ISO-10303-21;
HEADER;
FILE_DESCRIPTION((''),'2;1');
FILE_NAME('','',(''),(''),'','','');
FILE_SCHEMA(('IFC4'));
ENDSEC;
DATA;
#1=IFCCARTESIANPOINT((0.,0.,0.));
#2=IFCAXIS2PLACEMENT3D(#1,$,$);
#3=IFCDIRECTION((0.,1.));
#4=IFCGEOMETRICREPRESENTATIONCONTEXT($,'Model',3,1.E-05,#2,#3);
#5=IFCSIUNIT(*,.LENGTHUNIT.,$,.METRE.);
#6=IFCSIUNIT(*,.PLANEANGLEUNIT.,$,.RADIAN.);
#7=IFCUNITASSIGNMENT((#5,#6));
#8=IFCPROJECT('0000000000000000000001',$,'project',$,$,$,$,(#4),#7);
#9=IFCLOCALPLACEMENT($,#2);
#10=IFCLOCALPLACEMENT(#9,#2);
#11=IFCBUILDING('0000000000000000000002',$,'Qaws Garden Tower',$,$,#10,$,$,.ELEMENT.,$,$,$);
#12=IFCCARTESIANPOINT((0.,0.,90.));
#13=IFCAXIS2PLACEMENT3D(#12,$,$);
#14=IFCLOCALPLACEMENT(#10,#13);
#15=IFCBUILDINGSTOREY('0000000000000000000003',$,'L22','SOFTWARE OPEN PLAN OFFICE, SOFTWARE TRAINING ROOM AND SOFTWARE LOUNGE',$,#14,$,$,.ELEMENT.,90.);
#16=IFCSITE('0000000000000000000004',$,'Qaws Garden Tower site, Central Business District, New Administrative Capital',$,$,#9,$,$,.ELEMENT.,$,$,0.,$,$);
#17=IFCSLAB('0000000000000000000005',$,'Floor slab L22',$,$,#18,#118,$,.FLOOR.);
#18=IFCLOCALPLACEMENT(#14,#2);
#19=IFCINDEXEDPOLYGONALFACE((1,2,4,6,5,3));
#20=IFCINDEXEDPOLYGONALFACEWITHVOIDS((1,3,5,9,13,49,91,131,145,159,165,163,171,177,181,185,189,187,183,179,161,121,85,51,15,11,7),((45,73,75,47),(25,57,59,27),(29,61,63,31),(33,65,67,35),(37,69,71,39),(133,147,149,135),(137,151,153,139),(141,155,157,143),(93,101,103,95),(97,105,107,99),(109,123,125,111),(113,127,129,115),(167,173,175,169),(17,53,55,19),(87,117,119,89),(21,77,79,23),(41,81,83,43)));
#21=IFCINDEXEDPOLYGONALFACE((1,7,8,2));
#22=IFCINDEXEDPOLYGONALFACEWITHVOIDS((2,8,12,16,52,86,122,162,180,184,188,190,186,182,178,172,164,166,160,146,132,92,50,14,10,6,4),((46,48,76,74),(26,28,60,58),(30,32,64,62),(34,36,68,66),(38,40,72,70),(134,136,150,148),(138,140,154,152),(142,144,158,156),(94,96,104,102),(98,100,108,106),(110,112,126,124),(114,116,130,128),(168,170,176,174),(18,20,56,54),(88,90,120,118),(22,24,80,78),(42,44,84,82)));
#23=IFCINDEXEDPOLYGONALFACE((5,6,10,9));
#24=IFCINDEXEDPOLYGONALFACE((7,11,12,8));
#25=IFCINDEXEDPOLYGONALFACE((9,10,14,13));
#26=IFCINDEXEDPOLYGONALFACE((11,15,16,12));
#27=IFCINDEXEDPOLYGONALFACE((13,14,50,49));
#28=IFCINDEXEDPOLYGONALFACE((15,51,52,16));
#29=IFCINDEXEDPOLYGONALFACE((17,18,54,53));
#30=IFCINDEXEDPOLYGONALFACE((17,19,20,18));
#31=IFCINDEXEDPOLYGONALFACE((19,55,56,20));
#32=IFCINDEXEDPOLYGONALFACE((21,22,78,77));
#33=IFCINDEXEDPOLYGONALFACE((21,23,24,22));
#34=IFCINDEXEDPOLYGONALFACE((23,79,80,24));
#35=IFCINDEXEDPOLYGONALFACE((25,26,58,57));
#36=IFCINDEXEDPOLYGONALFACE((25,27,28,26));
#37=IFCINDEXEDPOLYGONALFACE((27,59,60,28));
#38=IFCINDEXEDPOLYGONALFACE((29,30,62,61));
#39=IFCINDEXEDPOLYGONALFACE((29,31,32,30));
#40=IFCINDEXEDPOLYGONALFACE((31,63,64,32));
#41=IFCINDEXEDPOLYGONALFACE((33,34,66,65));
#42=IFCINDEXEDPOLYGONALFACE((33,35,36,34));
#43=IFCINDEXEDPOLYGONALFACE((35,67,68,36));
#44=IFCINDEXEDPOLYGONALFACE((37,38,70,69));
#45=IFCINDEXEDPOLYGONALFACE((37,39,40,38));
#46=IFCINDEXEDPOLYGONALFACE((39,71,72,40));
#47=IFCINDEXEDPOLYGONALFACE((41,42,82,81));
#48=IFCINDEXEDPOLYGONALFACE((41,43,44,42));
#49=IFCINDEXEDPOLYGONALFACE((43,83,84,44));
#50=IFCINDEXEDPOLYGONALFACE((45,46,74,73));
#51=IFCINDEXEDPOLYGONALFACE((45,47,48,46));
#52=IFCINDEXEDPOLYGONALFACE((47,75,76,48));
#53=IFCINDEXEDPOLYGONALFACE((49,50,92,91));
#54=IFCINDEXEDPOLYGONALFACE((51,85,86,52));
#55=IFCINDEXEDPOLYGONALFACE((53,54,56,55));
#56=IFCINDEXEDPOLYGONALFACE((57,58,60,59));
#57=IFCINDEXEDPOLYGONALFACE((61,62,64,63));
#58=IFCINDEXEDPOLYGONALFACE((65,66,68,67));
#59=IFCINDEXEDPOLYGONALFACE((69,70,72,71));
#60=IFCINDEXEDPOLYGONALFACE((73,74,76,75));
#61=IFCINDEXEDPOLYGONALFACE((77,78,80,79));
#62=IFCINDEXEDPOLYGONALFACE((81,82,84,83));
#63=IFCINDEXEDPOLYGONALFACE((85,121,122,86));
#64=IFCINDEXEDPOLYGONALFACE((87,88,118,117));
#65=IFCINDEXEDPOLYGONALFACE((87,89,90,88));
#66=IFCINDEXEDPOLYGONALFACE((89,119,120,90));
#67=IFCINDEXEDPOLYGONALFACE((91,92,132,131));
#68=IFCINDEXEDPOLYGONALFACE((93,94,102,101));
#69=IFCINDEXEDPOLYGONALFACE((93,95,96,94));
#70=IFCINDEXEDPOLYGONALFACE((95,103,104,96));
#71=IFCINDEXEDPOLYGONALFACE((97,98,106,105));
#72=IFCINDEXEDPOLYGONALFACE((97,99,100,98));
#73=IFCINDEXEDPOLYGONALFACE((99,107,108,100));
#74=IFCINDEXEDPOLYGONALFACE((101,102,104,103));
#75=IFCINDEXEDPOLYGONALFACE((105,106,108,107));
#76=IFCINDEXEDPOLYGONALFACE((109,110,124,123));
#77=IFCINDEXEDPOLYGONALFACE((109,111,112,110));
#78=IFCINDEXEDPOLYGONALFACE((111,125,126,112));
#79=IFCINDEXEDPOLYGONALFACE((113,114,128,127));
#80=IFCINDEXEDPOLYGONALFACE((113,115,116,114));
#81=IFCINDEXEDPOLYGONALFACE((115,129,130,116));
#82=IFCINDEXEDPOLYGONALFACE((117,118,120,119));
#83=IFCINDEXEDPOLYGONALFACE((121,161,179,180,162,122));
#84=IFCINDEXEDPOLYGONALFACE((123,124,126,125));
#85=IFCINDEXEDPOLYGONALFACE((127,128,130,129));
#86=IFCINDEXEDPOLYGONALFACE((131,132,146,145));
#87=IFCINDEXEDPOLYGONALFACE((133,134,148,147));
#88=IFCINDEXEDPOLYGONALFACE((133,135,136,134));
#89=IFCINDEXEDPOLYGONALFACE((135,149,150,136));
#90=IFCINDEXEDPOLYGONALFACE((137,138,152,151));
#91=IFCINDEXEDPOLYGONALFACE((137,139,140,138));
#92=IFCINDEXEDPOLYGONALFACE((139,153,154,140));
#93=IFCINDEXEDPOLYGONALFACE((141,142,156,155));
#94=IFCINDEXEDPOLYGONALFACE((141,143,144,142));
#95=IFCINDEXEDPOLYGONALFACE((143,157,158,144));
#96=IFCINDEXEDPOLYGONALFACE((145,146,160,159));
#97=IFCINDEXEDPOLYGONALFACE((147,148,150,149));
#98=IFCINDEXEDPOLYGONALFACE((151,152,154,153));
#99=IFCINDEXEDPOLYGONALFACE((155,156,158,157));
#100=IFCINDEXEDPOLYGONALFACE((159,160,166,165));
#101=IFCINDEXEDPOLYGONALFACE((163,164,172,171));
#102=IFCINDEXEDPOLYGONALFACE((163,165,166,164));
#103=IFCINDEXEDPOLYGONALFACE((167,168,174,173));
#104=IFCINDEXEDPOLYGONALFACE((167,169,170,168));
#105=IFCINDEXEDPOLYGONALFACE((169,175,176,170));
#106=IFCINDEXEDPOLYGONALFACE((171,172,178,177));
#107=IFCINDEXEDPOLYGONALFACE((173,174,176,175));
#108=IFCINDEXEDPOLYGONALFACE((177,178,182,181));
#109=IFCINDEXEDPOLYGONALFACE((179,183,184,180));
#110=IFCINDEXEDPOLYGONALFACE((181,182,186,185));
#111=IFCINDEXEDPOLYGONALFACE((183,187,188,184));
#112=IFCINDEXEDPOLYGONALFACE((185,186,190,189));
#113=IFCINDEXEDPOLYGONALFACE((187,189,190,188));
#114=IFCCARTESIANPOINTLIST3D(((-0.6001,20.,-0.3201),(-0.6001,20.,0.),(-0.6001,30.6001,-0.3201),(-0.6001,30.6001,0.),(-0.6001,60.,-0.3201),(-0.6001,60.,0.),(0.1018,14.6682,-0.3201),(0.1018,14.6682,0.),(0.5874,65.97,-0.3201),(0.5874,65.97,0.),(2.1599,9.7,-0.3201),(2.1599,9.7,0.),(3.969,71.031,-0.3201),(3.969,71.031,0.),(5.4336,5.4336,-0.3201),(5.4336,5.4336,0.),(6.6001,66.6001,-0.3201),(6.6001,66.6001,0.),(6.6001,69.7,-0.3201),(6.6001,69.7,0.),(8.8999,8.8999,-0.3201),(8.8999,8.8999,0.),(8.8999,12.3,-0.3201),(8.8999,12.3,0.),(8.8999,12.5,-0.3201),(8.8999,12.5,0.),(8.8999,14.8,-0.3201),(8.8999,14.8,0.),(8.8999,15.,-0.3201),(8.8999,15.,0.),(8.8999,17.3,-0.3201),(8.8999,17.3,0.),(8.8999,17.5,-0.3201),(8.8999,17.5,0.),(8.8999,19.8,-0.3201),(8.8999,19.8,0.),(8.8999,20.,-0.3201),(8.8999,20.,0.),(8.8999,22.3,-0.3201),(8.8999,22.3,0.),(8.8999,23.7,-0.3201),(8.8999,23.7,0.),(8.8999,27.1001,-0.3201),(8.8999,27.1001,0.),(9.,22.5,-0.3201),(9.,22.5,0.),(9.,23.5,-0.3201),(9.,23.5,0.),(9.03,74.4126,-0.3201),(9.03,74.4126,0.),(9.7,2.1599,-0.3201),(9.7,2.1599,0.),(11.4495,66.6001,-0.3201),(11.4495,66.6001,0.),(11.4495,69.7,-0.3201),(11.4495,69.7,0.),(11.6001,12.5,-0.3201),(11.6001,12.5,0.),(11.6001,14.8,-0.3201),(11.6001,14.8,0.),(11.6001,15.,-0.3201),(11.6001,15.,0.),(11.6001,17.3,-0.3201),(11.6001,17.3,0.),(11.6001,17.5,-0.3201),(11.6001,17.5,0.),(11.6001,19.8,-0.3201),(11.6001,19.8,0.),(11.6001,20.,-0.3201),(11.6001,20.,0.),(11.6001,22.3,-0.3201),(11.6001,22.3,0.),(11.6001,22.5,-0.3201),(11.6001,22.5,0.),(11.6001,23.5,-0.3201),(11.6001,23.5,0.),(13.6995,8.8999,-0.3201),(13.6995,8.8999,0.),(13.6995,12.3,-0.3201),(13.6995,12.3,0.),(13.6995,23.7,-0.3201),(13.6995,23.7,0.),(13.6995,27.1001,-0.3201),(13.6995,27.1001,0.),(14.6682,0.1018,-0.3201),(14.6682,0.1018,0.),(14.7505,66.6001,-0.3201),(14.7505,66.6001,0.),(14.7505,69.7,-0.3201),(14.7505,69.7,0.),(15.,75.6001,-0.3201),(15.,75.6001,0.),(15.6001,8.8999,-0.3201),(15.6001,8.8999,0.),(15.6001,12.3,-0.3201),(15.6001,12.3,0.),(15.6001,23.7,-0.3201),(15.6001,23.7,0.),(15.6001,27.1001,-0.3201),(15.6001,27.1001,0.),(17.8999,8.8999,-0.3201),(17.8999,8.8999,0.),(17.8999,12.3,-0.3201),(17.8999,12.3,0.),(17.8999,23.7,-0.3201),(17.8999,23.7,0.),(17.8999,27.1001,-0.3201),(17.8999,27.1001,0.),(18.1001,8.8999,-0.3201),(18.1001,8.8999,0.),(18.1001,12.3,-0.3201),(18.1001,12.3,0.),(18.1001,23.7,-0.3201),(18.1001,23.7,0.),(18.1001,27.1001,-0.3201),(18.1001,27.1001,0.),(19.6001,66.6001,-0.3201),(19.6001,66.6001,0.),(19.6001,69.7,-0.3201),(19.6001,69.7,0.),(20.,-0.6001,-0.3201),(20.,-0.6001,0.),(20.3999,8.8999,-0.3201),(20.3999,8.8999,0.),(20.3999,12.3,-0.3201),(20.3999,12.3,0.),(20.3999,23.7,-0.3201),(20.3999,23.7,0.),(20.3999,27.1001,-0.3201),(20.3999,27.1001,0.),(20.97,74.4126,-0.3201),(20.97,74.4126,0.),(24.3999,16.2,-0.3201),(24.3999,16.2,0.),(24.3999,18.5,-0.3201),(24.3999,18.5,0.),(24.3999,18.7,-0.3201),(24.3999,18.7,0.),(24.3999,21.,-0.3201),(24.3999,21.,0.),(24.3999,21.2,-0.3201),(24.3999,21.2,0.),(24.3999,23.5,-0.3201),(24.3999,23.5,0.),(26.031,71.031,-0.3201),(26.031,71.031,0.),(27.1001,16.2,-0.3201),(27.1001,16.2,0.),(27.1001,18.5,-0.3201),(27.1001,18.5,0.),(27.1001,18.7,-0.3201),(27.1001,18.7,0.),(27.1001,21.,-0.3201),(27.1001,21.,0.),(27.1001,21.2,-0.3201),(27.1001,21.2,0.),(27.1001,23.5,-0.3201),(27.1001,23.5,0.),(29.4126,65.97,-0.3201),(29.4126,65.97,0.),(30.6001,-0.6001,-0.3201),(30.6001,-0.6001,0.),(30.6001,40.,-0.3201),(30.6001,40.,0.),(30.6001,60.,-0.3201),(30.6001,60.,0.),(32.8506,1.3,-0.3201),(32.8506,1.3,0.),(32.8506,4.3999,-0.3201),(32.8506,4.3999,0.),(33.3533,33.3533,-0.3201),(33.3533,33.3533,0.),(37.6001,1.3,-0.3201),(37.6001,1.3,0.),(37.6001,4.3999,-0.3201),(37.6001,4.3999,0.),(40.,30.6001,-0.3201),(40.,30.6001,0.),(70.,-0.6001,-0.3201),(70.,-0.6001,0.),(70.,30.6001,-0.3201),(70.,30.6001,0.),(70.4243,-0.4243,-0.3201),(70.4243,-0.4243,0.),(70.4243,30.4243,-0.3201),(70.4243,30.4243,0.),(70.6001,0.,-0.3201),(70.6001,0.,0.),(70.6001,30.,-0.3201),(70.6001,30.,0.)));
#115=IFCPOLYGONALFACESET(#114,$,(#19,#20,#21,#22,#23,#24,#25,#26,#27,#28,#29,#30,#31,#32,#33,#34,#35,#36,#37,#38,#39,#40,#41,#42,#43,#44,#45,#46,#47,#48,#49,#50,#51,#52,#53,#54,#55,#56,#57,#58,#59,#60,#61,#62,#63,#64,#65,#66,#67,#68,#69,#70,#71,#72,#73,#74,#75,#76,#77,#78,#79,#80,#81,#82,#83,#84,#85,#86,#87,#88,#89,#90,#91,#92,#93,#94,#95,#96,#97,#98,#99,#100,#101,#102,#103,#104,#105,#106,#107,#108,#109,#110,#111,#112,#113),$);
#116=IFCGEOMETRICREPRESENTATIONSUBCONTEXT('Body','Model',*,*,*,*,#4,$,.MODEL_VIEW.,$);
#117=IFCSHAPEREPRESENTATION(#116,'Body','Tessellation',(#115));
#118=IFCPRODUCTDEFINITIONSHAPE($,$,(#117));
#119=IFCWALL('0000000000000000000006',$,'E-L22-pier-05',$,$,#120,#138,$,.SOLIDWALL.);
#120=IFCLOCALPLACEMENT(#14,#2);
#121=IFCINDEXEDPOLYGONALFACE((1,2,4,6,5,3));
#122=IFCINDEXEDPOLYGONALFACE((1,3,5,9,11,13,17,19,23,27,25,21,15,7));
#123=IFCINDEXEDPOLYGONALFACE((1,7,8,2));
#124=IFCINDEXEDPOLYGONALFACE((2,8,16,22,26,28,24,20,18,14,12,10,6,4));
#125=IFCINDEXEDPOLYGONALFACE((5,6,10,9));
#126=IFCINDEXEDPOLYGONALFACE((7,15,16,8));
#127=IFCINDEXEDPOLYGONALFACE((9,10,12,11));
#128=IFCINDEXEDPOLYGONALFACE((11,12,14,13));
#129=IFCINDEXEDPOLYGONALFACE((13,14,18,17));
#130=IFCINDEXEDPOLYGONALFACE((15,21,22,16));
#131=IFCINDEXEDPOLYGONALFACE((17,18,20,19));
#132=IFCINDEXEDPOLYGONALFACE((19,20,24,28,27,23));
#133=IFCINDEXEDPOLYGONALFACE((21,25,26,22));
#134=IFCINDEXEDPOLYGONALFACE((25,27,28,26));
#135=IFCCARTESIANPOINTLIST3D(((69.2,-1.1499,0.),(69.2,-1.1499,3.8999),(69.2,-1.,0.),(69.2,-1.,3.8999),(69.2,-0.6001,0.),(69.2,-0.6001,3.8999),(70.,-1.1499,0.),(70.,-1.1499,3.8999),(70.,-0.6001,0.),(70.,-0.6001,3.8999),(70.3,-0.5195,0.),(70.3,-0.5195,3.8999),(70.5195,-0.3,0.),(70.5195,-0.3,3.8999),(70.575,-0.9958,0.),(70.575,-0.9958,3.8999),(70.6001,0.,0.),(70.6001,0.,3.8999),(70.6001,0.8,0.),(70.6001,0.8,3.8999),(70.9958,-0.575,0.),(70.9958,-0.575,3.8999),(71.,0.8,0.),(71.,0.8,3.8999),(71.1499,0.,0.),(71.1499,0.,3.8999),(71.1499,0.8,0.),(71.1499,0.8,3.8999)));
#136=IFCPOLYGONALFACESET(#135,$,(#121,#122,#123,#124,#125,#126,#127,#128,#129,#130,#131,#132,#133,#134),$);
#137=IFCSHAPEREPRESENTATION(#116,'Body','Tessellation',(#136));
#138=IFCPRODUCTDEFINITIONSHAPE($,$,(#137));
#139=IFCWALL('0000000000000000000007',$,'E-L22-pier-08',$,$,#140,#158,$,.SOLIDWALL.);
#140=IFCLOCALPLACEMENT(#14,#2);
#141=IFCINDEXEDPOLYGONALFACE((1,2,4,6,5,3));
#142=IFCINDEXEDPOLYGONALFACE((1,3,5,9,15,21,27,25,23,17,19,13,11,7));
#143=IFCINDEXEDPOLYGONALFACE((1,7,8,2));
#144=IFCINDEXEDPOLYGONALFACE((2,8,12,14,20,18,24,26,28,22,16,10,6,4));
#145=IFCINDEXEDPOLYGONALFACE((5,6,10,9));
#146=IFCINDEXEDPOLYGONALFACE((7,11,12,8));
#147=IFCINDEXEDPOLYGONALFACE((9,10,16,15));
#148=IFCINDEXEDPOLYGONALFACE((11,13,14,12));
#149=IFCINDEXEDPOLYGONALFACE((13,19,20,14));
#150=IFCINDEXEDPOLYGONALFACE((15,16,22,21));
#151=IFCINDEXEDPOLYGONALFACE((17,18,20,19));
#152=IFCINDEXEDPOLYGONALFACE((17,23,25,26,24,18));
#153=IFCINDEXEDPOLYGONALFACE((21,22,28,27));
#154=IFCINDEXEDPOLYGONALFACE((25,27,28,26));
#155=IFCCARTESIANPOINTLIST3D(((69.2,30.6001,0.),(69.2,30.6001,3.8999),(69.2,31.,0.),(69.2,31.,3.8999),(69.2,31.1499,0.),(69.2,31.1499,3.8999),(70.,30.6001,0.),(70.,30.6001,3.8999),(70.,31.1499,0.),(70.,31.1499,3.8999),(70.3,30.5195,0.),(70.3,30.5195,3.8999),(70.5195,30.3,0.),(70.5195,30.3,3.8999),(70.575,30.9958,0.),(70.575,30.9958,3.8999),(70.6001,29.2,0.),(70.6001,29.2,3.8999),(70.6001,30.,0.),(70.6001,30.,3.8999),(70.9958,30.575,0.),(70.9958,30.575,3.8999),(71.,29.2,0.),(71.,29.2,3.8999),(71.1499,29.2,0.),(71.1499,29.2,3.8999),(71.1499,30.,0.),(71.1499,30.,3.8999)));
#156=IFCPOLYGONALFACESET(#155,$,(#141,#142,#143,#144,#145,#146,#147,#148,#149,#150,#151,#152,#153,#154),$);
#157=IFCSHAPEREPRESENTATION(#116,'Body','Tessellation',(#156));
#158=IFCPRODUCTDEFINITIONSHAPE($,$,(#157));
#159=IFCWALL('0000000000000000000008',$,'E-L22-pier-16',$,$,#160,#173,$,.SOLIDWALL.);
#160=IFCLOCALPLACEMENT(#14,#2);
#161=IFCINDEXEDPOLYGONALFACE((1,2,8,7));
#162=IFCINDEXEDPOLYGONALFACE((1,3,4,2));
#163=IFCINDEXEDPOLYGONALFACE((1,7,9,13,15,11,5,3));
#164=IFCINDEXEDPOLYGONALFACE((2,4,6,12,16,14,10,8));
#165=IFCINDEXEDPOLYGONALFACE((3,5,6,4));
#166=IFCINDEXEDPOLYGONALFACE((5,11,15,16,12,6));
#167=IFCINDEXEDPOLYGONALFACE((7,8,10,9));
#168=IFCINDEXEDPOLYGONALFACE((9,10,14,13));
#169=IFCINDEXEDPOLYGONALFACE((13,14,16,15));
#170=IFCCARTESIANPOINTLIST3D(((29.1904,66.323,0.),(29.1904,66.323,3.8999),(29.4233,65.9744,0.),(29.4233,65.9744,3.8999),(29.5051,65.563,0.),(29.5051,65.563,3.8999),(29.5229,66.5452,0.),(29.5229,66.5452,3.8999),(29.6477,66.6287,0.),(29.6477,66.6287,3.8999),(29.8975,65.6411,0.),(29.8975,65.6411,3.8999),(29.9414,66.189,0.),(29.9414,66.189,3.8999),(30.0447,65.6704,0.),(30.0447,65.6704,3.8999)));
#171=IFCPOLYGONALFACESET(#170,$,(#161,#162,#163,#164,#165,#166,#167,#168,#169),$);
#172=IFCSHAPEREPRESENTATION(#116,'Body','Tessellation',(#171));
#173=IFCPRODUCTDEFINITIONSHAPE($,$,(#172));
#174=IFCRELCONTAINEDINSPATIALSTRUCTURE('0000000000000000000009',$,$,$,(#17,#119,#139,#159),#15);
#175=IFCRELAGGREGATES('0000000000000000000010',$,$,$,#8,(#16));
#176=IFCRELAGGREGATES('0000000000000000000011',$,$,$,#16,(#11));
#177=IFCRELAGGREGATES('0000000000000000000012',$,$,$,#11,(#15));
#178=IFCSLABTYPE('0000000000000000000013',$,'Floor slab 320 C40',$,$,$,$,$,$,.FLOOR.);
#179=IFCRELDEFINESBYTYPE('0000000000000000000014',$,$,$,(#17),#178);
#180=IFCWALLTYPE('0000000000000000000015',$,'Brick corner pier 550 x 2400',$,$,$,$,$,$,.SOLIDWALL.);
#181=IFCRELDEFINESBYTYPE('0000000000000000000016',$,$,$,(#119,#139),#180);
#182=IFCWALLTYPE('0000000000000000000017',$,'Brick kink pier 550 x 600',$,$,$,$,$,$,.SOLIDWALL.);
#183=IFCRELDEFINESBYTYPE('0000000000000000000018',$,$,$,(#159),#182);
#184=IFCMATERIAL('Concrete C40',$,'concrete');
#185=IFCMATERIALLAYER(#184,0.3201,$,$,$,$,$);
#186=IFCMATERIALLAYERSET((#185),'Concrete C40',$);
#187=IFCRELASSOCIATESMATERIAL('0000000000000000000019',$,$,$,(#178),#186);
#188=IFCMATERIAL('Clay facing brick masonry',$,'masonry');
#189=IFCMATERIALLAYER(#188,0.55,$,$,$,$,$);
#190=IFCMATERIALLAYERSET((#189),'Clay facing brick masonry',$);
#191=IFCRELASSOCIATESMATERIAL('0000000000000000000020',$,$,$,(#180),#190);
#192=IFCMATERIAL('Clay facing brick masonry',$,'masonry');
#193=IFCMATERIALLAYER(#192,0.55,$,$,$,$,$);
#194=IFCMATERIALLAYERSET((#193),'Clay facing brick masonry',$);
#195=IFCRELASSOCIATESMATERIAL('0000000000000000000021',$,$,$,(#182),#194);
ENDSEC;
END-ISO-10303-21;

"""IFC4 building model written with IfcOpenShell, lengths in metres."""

from ifc_helpers import new_model, si_unit, direction, frame, origin, place, context, subcontext, project, spatial, polyline, outline, extrude, material, layer, layer_set, type_object, element, save


model = new_model("IFC4")

# Units and contexts
model_context = context("Model", 3, precision=1e-05, world=origin(), true_north=direction((0.0, 1.0)))
body_context = subcontext(model_context, "Body", "Model", "MODEL_VIEW")
ifc_project = project(units=[si_unit("LENGTHUNIT", "METRE"), si_unit("PLANEANGLEUNIT", "RADIAN")], contexts=[model_context])

# Site, building, storey
site_placement = place(None, origin())
site = spatial("IfcSite", under=ifc_project, at=site_placement, Name="Qaws Garden Tower site, Central Business District, New Administrative Capital", CompositionType="ELEMENT", RefElevation=0.0)
building_placement = place(site_placement, origin())
building = spatial("IfcBuilding", under=site, at=building_placement, Name="Qaws Garden Tower", CompositionType="ELEMENT")
storey_placement = place(building_placement, frame((0.0, 0.0, 90.0)))
storey = spatial("IfcBuildingStorey", under=building, at=storey_placement, Name="L22", Description="SOFTWARE OPEN PLAN OFFICE, SOFTWARE TRAINING ROOM AND SOFTWARE LOUNGE", CompositionType="ELEMENT", Elevation=90.0)

# Slab
ifc_material_1 = material(Name="Concrete C40", Category="concrete")
ifc_layer_1 = layer(ifc_material_1, 0.3201)
ifc_layer_set_1 = layer_set([ifc_layer_1], Name="Concrete C40")
slab_type = type_object("IfcSlabType", Name="Floor slab 320 C40", PredefinedType="FLOOR", material=ifc_layer_set_1)
slab_placement = place(storey_placement, frame((0.0, 0.0, -0.3201)))
element("IfcSlab", 1, at=slab_placement, inside=storey, type_object=slab_type, Name="Floor slab L22", PredefinedType="FLOOR", context=body_context, shape_type="SweptSolid", body=[
    extrude(outline(polyline([(0.1018, 14.6682), (-0.6001, 20.0), (-0.6001, 30.6001), (-0.6001, 60.0), (-0.6001, 60.0), (0.5874, 65.97), (3.969, 71.031), (9.03, 74.4126), (15.0, 75.6001), (20.97, 74.4126), (26.031, 71.031), (29.4126, 65.97), (30.6001, 60.0), (30.6001, 40.0), (33.3533, 33.3533), (40.0, 30.6001), (70.0, 30.6001), (70.4243, 30.4243), (70.6001, 30.0), (70.6001, 0.0), (70.4243, -0.4243), (70.0, -0.6001), (30.6001, -0.6001), (20.0, -0.6001), (14.6682, 0.1018), (9.7, 2.1599), (5.4336, 5.4336), (2.1599, 9.7), (0.1018, 14.6682)]), holes=[polyline([(13.6995, 12.3), (8.8999, 12.3), (8.8999, 8.8999), (13.6995, 8.8999), (13.6995, 12.3)]), polyline([(17.8999, 12.3), (15.6001, 12.3), (15.6001, 8.8999), (17.8999, 8.8999), (17.8999, 12.3)]), polyline([(11.6001, 14.8), (8.8999, 14.8), (8.8999, 12.5), (11.6001, 12.5), (11.6001, 14.8)]), polyline([(11.6001, 17.3), (8.8999, 17.3), (8.8999, 15.0), (11.6001, 15.0), (11.6001, 17.3)]), polyline([(11.6001, 19.8), (8.8999, 19.8), (8.8999, 17.5), (11.6001, 17.5), (11.6001, 19.8)]), polyline([(11.6001, 22.3), (8.8999, 22.3), (8.8999, 20.0), (11.6001, 20.0), (11.6001, 22.3)]), polyline([(11.6001, 23.5), (9.0, 23.5), (9.0, 22.5), (11.6001, 22.5), (11.6001, 23.5)]), polyline([(13.6995, 27.1001), (8.8999, 27.1001), (8.8999, 23.7), (13.6995, 23.7), (13.6995, 27.1001)]), polyline([(11.4495, 69.7), (6.6001, 69.7), (6.6001, 66.6001), (11.4495, 66.6001), (11.4495, 69.7)]), polyline([(37.6001, 4.3999), (32.8506, 4.3999), (32.8506, 1.3), (37.6001, 1.3), (37.6001, 4.3999)]), polyline([(20.3999, 12.3), (18.1001, 12.3), (18.1001, 8.8999), (20.3999, 8.8999), (20.3999, 12.3)]), polyline([(27.1001, 18.5), (24.3999, 18.5), (24.3999, 16.2), (27.1001, 16.2), (27.1001, 18.5)]), polyline([(27.1001, 21.0), (24.3999, 21.0), (24.3999, 18.7), (27.1001, 18.7), (27.1001, 21.0)]), polyline([(27.1001, 23.5), (24.3999, 23.5), (24.3999, 21.2), (27.1001, 21.2), (27.1001, 23.5)]), polyline([(17.8999, 27.1001), (15.6001, 27.1001), (15.6001, 23.7), (17.8999, 23.7), (17.8999, 27.1001)]), polyline([(20.3999, 23.7), (20.3999, 27.1001), (18.1001, 27.1001), (18.1001, 23.7), (20.3999, 23.7)]), polyline([(19.6001, 66.6001), (19.6001, 69.7), (14.7505, 69.7), (14.7505, 66.6001), (19.6001, 66.6001)])]), origin(), (0.0, 0.0, 1.0), 0.3201),
])

# Walls
ifc_material_2 = material(Name="Clay facing brick masonry", Category="masonry")
ifc_layer_2 = layer(ifc_material_2, 0.55)
ifc_layer_set_2 = layer_set([ifc_layer_2], Name="Clay facing brick masonry")
wall_type_1 = type_object("IfcWallType", Name="Brick corner pier 550 x 2400", PredefinedType="SOLIDWALL", material=ifc_layer_set_2)
placement = place(storey_placement, origin())
element("IfcWall", 2, at=placement, inside=storey, type_object=wall_type_1, Name="E-L22-pier-05", PredefinedType="SOLIDWALL", context=body_context, shape_type="SweptSolid", body=[
    extrude(outline(polyline([(69.2, -1.0), (69.2, -1.1499), (70.0, -1.1499), (70.575, -0.9958), (70.9958, -0.575), (71.1499, 0.0), (71.1499, 0.8), (71.0, 0.8), (70.6001, 0.8), (70.6001, 0.0), (70.5195, -0.3), (70.3, -0.5195), (70.0, -0.6001), (69.2, -0.6001), (69.2, -1.0)])), origin(), (0.0, 0.0, 1.0), 3.8999),
])
element("IfcWall", 3, at=placement, inside=storey, type_object=wall_type_1, Name="E-L22-pier-08", PredefinedType="SOLIDWALL", context=body_context, shape_type="SweptSolid", body=[
    extrude(outline(polyline([(71.0, 29.2), (71.1499, 29.2), (71.1499, 30.0), (70.9958, 30.575), (70.575, 30.9958), (70.0, 31.1499), (69.2, 31.1499), (69.2, 31.0), (69.2, 30.6001), (70.0, 30.6001), (70.3, 30.5195), (70.5195, 30.3), (70.6001, 30.0), (70.6001, 29.2), (71.0, 29.2)])), origin(), (0.0, 0.0, 1.0), 3.8999),
])
ifc_material_3 = material(Name="Clay facing brick masonry", Category="masonry")
ifc_layer_3 = layer(ifc_material_3, 0.55)
ifc_layer_set_3 = layer_set([ifc_layer_3], Name="Clay facing brick masonry")
wall_type_2 = type_object("IfcWallType", Name="Brick kink pier 550 x 600", PredefinedType="SOLIDWALL", material=ifc_layer_set_3)
element("IfcWall", 4, at=placement, inside=storey, type_object=wall_type_2, Name="E-L22-pier-16", PredefinedType="SOLIDWALL", context=body_context, shape_type="SweptSolid", body=[
    extrude(outline(polyline([(29.8975, 65.6411), (30.0447, 65.6704), (29.9414, 66.189), (29.6477, 66.6287), (29.5229, 66.5452), (29.1904, 66.323), (29.4233, 65.9744), (29.5051, 65.563), (29.8975, 65.6411)])), origin(), (0.0, 0.0, 1.0), 3.8999),
])

save(model, "model.ifc")
